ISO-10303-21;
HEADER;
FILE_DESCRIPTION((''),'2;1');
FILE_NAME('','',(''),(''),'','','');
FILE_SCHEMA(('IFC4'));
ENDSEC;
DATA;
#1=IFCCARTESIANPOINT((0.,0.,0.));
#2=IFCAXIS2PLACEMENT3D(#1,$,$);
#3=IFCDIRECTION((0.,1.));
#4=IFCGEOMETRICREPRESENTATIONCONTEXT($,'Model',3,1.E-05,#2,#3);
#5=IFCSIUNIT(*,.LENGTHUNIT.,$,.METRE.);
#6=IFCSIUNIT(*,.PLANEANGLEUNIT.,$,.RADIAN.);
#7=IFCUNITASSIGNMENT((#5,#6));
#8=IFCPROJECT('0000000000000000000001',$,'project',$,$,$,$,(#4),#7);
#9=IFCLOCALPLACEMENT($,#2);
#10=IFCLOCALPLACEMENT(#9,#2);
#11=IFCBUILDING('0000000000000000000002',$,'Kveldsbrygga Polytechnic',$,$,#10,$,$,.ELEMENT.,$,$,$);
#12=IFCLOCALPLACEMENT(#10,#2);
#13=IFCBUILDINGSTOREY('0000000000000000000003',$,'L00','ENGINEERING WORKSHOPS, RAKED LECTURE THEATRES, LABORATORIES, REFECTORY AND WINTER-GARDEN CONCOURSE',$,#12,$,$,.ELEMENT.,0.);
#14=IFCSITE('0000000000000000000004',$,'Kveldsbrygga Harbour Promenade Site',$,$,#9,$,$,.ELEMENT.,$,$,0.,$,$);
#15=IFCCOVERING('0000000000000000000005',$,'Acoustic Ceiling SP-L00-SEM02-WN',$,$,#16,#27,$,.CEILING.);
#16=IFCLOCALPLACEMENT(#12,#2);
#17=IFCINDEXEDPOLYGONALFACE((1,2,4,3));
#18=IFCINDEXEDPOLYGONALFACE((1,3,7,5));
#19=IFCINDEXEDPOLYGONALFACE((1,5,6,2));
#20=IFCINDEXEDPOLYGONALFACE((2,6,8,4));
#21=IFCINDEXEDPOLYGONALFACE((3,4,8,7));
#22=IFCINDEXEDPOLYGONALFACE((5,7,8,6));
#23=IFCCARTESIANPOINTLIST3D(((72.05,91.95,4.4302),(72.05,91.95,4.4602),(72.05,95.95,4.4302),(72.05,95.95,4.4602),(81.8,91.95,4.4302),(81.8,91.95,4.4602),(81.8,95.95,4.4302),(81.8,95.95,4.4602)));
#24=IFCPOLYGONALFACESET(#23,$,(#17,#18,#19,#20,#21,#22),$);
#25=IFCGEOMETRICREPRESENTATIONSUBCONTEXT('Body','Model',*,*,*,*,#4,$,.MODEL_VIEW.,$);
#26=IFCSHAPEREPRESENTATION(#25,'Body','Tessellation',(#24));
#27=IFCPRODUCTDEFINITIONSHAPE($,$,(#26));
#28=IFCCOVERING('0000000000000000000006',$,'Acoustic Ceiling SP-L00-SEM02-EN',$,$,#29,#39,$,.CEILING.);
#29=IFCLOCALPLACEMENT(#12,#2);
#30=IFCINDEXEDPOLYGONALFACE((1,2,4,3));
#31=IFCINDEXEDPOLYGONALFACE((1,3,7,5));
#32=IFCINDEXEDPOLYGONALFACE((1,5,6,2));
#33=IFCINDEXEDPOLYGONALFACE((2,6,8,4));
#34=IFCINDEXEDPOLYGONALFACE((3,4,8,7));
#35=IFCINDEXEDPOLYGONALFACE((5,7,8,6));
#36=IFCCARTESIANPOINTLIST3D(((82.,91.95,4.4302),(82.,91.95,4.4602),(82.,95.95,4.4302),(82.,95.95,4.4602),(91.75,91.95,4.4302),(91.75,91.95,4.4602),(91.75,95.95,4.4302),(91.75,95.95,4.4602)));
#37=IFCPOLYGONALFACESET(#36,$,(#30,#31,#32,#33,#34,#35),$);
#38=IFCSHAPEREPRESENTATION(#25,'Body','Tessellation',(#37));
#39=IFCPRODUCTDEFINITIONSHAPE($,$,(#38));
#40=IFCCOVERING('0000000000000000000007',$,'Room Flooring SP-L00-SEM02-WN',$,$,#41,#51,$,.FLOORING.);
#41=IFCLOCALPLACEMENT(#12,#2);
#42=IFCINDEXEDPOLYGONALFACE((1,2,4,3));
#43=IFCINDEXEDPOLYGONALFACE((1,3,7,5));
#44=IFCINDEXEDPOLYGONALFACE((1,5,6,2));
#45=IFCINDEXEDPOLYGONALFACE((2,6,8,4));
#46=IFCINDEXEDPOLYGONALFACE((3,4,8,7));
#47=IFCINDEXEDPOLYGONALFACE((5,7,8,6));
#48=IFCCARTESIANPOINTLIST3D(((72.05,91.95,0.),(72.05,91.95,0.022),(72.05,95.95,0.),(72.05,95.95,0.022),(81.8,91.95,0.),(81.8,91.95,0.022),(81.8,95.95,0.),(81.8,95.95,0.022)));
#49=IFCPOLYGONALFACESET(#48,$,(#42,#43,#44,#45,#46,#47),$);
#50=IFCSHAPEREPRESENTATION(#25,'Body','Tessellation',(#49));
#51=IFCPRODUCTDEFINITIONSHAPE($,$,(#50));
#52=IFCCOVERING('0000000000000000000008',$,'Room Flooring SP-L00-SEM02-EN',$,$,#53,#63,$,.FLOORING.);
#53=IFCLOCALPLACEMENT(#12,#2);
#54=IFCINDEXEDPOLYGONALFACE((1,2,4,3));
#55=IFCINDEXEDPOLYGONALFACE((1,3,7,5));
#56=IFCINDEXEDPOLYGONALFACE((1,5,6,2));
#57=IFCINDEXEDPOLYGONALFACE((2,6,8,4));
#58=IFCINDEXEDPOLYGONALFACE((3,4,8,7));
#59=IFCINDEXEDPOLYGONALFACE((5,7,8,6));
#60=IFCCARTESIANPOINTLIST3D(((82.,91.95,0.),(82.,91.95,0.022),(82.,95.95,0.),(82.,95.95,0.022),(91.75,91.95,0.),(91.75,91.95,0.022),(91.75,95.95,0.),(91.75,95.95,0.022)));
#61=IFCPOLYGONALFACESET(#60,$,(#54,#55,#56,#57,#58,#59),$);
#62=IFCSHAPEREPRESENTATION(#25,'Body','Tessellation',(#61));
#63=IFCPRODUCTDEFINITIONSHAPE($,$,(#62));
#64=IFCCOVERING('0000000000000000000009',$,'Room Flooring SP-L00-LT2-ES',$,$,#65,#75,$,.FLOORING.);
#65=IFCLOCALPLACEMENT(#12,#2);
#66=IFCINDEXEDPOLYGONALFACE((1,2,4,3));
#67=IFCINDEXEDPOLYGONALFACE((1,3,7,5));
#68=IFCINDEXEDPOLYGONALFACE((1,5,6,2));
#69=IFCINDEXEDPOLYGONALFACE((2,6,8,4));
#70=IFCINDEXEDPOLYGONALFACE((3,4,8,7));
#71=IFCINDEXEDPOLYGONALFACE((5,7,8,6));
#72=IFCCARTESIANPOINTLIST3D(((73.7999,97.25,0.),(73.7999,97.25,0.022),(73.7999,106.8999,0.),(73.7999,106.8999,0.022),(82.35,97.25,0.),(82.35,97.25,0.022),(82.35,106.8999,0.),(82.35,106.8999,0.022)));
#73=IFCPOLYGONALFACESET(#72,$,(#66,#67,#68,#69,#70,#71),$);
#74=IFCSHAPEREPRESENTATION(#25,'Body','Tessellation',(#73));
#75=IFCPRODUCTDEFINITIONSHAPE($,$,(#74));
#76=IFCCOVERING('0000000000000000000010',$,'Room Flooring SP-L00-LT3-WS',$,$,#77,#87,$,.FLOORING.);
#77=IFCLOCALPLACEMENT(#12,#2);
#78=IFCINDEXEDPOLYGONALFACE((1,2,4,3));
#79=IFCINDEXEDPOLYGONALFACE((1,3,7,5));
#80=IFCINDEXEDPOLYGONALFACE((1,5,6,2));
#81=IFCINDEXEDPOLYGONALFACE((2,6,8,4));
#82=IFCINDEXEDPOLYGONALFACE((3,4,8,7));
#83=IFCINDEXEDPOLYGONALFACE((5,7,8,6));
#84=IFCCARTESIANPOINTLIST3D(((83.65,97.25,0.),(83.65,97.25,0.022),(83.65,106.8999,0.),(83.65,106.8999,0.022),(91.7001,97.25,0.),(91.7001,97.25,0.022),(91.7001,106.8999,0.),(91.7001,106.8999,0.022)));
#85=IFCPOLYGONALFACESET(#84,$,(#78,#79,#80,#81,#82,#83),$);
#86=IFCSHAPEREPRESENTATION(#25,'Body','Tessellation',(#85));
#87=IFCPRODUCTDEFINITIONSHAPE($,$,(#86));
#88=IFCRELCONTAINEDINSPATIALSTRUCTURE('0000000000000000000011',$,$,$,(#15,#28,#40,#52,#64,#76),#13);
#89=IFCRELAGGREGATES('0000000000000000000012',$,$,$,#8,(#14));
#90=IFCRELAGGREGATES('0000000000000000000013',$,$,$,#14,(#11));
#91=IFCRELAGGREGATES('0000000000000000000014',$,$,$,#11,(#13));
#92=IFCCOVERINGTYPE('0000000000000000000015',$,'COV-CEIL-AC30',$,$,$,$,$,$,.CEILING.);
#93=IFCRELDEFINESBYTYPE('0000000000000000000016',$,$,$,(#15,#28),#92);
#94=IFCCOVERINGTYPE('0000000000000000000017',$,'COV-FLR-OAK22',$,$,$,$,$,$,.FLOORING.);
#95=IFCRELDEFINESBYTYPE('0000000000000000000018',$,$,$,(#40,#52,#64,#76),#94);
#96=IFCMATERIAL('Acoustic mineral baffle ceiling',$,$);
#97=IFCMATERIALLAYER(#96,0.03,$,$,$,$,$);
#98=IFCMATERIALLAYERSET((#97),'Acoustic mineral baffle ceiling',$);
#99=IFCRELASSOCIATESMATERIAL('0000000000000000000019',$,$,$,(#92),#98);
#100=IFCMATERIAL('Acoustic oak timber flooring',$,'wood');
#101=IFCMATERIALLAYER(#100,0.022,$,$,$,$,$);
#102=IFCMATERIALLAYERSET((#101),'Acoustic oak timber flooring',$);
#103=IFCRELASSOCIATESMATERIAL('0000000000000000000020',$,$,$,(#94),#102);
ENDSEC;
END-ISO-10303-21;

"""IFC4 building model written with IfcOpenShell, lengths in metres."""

from ifc_helpers import new_model, si_unit, direction, frame, origin, origin_2d, place, context, subcontext, project, spatial, rectangle, extrude, material, layer, layer_set, type_object, element, save


model = new_model("IFC4")

# Units and contexts
model_context = context("Model", 3, precision=1e-05, world=origin(), true_north=direction((0.0, 1.0)))
body_context = subcontext(model_context, "Body", "Model", "MODEL_VIEW")
ifc_project = project(units=[si_unit("LENGTHUNIT", "METRE"), si_unit("PLANEANGLEUNIT", "RADIAN")], contexts=[model_context])

# Site, building, storey
site_placement = place(None, origin())
site = spatial("IfcSite", under=ifc_project, at=site_placement, Name="Kveldsbrygga Harbour Promenade Site", CompositionType="ELEMENT", RefElevation=0.0)
building_placement = place(site_placement, origin())
building = spatial("IfcBuilding", under=site, at=building_placement, Name="Kveldsbrygga Polytechnic", CompositionType="ELEMENT")
storey_placement = place(building_placement, origin())
storey = spatial("IfcBuildingStorey", under=building, at=storey_placement, Name="L00", Description="ENGINEERING WORKSHOPS, RAKED LECTURE THEATRES, LABORATORIES, REFECTORY AND WINTER-GARDEN CONCOURSE", CompositionType="ELEMENT", Elevation=0.0)

# Coverings
ifc_material_1 = material(Name="Acoustic mineral baffle ceiling")
ifc_layer_1 = layer(ifc_material_1, 0.03)
ifc_layer_set_1 = layer_set([ifc_layer_1], Name="Acoustic mineral baffle ceiling")
covering_type_1 = type_object("IfcCoveringType", Name="COV-CEIL-AC30", PredefinedType="CEILING", material=ifc_layer_set_1)
for number, where, z_axis, x_axis, name in (
    (1, (76.925, 93.95, 4.4302), (0.0, 0.0, 1.0), (1.0, 0.0, 0.0), "Acoustic Ceiling SP-L00-SEM02-WN"),
    (2, (86.875, 93.95, 4.4302), (0.0, 0.0, 1.0), (1.0, 0.0, 0.0), "Acoustic Ceiling SP-L00-SEM02-EN"),
):
    element("IfcCovering", number, at=place(storey_placement, frame(where, z_axis=z_axis, x_axis=x_axis)), inside=storey, type_object=covering_type_1, Name=name, PredefinedType="CEILING", context=body_context, shape_type="SweptSolid", body=[
        extrude(rectangle(XDim=9.75, YDim=4.0, at=origin_2d()), origin(), (0.0, 0.0, 1.0), 0.03),
    ])
ifc_material_2 = material(Name="Acoustic oak timber flooring", Category="wood")
ifc_layer_2 = layer(ifc_material_2, 0.022)
ifc_layer_set_2 = layer_set([ifc_layer_2], Name="Acoustic oak timber flooring")
covering_type_2 = type_object("IfcCoveringType", Name="COV-FLR-OAK22", PredefinedType="FLOORING", material=ifc_layer_set_2)
for number, where, z_axis, x_axis, name in (
    (3, (76.925, 93.95, 0.0), (0.0, 0.0, 1.0), (1.0, 0.0, 0.0), "Room Flooring SP-L00-SEM02-WN"),
    (4, (86.875, 93.95, 0.0), (0.0, 0.0, 1.0), (1.0, 0.0, 0.0), "Room Flooring SP-L00-SEM02-EN"),
):
    element("IfcCovering", number, at=place(storey_placement, frame(where, z_axis=z_axis, x_axis=x_axis)), inside=storey, type_object=covering_type_2, Name=name, PredefinedType="FLOORING", context=body_context, shape_type="SweptSolid", body=[
        extrude(rectangle(XDim=9.75, YDim=4.0, at=origin_2d()), origin(), (0.0, 0.0, 1.0), 0.022),
    ])
covering_1_placement = place(storey_placement, frame((78.075, 102.075, 0.0), z_axis=(0.0, 0.0, 1.0), x_axis=(1.0, 0.0, 0.0)))
element("IfcCovering", 5, at=covering_1_placement, inside=storey, type_object=covering_type_2, Name="Room Flooring SP-L00-LT2-ES", PredefinedType="FLOORING", context=body_context, shape_type="SweptSolid", body=[
    extrude(rectangle(XDim=8.55, YDim=9.6499, at=origin_2d()), origin(), (0.0, 0.0, 1.0), 0.022),
])
covering_2_placement = place(storey_placement, frame((87.675, 102.075, 0.0), z_axis=(0.0, 0.0, 1.0), x_axis=(1.0, 0.0, 0.0)))
element("IfcCovering", 6, at=covering_2_placement, inside=storey, type_object=covering_type_2, Name="Room Flooring SP-L00-LT3-WS", PredefinedType="FLOORING", context=body_context, shape_type="SweptSolid", body=[
    extrude(rectangle(XDim=8.05, YDim=9.6499, at=origin_2d()), origin(), (0.0, 0.0, 1.0), 0.022),
])

save(model, "model.ifc")
